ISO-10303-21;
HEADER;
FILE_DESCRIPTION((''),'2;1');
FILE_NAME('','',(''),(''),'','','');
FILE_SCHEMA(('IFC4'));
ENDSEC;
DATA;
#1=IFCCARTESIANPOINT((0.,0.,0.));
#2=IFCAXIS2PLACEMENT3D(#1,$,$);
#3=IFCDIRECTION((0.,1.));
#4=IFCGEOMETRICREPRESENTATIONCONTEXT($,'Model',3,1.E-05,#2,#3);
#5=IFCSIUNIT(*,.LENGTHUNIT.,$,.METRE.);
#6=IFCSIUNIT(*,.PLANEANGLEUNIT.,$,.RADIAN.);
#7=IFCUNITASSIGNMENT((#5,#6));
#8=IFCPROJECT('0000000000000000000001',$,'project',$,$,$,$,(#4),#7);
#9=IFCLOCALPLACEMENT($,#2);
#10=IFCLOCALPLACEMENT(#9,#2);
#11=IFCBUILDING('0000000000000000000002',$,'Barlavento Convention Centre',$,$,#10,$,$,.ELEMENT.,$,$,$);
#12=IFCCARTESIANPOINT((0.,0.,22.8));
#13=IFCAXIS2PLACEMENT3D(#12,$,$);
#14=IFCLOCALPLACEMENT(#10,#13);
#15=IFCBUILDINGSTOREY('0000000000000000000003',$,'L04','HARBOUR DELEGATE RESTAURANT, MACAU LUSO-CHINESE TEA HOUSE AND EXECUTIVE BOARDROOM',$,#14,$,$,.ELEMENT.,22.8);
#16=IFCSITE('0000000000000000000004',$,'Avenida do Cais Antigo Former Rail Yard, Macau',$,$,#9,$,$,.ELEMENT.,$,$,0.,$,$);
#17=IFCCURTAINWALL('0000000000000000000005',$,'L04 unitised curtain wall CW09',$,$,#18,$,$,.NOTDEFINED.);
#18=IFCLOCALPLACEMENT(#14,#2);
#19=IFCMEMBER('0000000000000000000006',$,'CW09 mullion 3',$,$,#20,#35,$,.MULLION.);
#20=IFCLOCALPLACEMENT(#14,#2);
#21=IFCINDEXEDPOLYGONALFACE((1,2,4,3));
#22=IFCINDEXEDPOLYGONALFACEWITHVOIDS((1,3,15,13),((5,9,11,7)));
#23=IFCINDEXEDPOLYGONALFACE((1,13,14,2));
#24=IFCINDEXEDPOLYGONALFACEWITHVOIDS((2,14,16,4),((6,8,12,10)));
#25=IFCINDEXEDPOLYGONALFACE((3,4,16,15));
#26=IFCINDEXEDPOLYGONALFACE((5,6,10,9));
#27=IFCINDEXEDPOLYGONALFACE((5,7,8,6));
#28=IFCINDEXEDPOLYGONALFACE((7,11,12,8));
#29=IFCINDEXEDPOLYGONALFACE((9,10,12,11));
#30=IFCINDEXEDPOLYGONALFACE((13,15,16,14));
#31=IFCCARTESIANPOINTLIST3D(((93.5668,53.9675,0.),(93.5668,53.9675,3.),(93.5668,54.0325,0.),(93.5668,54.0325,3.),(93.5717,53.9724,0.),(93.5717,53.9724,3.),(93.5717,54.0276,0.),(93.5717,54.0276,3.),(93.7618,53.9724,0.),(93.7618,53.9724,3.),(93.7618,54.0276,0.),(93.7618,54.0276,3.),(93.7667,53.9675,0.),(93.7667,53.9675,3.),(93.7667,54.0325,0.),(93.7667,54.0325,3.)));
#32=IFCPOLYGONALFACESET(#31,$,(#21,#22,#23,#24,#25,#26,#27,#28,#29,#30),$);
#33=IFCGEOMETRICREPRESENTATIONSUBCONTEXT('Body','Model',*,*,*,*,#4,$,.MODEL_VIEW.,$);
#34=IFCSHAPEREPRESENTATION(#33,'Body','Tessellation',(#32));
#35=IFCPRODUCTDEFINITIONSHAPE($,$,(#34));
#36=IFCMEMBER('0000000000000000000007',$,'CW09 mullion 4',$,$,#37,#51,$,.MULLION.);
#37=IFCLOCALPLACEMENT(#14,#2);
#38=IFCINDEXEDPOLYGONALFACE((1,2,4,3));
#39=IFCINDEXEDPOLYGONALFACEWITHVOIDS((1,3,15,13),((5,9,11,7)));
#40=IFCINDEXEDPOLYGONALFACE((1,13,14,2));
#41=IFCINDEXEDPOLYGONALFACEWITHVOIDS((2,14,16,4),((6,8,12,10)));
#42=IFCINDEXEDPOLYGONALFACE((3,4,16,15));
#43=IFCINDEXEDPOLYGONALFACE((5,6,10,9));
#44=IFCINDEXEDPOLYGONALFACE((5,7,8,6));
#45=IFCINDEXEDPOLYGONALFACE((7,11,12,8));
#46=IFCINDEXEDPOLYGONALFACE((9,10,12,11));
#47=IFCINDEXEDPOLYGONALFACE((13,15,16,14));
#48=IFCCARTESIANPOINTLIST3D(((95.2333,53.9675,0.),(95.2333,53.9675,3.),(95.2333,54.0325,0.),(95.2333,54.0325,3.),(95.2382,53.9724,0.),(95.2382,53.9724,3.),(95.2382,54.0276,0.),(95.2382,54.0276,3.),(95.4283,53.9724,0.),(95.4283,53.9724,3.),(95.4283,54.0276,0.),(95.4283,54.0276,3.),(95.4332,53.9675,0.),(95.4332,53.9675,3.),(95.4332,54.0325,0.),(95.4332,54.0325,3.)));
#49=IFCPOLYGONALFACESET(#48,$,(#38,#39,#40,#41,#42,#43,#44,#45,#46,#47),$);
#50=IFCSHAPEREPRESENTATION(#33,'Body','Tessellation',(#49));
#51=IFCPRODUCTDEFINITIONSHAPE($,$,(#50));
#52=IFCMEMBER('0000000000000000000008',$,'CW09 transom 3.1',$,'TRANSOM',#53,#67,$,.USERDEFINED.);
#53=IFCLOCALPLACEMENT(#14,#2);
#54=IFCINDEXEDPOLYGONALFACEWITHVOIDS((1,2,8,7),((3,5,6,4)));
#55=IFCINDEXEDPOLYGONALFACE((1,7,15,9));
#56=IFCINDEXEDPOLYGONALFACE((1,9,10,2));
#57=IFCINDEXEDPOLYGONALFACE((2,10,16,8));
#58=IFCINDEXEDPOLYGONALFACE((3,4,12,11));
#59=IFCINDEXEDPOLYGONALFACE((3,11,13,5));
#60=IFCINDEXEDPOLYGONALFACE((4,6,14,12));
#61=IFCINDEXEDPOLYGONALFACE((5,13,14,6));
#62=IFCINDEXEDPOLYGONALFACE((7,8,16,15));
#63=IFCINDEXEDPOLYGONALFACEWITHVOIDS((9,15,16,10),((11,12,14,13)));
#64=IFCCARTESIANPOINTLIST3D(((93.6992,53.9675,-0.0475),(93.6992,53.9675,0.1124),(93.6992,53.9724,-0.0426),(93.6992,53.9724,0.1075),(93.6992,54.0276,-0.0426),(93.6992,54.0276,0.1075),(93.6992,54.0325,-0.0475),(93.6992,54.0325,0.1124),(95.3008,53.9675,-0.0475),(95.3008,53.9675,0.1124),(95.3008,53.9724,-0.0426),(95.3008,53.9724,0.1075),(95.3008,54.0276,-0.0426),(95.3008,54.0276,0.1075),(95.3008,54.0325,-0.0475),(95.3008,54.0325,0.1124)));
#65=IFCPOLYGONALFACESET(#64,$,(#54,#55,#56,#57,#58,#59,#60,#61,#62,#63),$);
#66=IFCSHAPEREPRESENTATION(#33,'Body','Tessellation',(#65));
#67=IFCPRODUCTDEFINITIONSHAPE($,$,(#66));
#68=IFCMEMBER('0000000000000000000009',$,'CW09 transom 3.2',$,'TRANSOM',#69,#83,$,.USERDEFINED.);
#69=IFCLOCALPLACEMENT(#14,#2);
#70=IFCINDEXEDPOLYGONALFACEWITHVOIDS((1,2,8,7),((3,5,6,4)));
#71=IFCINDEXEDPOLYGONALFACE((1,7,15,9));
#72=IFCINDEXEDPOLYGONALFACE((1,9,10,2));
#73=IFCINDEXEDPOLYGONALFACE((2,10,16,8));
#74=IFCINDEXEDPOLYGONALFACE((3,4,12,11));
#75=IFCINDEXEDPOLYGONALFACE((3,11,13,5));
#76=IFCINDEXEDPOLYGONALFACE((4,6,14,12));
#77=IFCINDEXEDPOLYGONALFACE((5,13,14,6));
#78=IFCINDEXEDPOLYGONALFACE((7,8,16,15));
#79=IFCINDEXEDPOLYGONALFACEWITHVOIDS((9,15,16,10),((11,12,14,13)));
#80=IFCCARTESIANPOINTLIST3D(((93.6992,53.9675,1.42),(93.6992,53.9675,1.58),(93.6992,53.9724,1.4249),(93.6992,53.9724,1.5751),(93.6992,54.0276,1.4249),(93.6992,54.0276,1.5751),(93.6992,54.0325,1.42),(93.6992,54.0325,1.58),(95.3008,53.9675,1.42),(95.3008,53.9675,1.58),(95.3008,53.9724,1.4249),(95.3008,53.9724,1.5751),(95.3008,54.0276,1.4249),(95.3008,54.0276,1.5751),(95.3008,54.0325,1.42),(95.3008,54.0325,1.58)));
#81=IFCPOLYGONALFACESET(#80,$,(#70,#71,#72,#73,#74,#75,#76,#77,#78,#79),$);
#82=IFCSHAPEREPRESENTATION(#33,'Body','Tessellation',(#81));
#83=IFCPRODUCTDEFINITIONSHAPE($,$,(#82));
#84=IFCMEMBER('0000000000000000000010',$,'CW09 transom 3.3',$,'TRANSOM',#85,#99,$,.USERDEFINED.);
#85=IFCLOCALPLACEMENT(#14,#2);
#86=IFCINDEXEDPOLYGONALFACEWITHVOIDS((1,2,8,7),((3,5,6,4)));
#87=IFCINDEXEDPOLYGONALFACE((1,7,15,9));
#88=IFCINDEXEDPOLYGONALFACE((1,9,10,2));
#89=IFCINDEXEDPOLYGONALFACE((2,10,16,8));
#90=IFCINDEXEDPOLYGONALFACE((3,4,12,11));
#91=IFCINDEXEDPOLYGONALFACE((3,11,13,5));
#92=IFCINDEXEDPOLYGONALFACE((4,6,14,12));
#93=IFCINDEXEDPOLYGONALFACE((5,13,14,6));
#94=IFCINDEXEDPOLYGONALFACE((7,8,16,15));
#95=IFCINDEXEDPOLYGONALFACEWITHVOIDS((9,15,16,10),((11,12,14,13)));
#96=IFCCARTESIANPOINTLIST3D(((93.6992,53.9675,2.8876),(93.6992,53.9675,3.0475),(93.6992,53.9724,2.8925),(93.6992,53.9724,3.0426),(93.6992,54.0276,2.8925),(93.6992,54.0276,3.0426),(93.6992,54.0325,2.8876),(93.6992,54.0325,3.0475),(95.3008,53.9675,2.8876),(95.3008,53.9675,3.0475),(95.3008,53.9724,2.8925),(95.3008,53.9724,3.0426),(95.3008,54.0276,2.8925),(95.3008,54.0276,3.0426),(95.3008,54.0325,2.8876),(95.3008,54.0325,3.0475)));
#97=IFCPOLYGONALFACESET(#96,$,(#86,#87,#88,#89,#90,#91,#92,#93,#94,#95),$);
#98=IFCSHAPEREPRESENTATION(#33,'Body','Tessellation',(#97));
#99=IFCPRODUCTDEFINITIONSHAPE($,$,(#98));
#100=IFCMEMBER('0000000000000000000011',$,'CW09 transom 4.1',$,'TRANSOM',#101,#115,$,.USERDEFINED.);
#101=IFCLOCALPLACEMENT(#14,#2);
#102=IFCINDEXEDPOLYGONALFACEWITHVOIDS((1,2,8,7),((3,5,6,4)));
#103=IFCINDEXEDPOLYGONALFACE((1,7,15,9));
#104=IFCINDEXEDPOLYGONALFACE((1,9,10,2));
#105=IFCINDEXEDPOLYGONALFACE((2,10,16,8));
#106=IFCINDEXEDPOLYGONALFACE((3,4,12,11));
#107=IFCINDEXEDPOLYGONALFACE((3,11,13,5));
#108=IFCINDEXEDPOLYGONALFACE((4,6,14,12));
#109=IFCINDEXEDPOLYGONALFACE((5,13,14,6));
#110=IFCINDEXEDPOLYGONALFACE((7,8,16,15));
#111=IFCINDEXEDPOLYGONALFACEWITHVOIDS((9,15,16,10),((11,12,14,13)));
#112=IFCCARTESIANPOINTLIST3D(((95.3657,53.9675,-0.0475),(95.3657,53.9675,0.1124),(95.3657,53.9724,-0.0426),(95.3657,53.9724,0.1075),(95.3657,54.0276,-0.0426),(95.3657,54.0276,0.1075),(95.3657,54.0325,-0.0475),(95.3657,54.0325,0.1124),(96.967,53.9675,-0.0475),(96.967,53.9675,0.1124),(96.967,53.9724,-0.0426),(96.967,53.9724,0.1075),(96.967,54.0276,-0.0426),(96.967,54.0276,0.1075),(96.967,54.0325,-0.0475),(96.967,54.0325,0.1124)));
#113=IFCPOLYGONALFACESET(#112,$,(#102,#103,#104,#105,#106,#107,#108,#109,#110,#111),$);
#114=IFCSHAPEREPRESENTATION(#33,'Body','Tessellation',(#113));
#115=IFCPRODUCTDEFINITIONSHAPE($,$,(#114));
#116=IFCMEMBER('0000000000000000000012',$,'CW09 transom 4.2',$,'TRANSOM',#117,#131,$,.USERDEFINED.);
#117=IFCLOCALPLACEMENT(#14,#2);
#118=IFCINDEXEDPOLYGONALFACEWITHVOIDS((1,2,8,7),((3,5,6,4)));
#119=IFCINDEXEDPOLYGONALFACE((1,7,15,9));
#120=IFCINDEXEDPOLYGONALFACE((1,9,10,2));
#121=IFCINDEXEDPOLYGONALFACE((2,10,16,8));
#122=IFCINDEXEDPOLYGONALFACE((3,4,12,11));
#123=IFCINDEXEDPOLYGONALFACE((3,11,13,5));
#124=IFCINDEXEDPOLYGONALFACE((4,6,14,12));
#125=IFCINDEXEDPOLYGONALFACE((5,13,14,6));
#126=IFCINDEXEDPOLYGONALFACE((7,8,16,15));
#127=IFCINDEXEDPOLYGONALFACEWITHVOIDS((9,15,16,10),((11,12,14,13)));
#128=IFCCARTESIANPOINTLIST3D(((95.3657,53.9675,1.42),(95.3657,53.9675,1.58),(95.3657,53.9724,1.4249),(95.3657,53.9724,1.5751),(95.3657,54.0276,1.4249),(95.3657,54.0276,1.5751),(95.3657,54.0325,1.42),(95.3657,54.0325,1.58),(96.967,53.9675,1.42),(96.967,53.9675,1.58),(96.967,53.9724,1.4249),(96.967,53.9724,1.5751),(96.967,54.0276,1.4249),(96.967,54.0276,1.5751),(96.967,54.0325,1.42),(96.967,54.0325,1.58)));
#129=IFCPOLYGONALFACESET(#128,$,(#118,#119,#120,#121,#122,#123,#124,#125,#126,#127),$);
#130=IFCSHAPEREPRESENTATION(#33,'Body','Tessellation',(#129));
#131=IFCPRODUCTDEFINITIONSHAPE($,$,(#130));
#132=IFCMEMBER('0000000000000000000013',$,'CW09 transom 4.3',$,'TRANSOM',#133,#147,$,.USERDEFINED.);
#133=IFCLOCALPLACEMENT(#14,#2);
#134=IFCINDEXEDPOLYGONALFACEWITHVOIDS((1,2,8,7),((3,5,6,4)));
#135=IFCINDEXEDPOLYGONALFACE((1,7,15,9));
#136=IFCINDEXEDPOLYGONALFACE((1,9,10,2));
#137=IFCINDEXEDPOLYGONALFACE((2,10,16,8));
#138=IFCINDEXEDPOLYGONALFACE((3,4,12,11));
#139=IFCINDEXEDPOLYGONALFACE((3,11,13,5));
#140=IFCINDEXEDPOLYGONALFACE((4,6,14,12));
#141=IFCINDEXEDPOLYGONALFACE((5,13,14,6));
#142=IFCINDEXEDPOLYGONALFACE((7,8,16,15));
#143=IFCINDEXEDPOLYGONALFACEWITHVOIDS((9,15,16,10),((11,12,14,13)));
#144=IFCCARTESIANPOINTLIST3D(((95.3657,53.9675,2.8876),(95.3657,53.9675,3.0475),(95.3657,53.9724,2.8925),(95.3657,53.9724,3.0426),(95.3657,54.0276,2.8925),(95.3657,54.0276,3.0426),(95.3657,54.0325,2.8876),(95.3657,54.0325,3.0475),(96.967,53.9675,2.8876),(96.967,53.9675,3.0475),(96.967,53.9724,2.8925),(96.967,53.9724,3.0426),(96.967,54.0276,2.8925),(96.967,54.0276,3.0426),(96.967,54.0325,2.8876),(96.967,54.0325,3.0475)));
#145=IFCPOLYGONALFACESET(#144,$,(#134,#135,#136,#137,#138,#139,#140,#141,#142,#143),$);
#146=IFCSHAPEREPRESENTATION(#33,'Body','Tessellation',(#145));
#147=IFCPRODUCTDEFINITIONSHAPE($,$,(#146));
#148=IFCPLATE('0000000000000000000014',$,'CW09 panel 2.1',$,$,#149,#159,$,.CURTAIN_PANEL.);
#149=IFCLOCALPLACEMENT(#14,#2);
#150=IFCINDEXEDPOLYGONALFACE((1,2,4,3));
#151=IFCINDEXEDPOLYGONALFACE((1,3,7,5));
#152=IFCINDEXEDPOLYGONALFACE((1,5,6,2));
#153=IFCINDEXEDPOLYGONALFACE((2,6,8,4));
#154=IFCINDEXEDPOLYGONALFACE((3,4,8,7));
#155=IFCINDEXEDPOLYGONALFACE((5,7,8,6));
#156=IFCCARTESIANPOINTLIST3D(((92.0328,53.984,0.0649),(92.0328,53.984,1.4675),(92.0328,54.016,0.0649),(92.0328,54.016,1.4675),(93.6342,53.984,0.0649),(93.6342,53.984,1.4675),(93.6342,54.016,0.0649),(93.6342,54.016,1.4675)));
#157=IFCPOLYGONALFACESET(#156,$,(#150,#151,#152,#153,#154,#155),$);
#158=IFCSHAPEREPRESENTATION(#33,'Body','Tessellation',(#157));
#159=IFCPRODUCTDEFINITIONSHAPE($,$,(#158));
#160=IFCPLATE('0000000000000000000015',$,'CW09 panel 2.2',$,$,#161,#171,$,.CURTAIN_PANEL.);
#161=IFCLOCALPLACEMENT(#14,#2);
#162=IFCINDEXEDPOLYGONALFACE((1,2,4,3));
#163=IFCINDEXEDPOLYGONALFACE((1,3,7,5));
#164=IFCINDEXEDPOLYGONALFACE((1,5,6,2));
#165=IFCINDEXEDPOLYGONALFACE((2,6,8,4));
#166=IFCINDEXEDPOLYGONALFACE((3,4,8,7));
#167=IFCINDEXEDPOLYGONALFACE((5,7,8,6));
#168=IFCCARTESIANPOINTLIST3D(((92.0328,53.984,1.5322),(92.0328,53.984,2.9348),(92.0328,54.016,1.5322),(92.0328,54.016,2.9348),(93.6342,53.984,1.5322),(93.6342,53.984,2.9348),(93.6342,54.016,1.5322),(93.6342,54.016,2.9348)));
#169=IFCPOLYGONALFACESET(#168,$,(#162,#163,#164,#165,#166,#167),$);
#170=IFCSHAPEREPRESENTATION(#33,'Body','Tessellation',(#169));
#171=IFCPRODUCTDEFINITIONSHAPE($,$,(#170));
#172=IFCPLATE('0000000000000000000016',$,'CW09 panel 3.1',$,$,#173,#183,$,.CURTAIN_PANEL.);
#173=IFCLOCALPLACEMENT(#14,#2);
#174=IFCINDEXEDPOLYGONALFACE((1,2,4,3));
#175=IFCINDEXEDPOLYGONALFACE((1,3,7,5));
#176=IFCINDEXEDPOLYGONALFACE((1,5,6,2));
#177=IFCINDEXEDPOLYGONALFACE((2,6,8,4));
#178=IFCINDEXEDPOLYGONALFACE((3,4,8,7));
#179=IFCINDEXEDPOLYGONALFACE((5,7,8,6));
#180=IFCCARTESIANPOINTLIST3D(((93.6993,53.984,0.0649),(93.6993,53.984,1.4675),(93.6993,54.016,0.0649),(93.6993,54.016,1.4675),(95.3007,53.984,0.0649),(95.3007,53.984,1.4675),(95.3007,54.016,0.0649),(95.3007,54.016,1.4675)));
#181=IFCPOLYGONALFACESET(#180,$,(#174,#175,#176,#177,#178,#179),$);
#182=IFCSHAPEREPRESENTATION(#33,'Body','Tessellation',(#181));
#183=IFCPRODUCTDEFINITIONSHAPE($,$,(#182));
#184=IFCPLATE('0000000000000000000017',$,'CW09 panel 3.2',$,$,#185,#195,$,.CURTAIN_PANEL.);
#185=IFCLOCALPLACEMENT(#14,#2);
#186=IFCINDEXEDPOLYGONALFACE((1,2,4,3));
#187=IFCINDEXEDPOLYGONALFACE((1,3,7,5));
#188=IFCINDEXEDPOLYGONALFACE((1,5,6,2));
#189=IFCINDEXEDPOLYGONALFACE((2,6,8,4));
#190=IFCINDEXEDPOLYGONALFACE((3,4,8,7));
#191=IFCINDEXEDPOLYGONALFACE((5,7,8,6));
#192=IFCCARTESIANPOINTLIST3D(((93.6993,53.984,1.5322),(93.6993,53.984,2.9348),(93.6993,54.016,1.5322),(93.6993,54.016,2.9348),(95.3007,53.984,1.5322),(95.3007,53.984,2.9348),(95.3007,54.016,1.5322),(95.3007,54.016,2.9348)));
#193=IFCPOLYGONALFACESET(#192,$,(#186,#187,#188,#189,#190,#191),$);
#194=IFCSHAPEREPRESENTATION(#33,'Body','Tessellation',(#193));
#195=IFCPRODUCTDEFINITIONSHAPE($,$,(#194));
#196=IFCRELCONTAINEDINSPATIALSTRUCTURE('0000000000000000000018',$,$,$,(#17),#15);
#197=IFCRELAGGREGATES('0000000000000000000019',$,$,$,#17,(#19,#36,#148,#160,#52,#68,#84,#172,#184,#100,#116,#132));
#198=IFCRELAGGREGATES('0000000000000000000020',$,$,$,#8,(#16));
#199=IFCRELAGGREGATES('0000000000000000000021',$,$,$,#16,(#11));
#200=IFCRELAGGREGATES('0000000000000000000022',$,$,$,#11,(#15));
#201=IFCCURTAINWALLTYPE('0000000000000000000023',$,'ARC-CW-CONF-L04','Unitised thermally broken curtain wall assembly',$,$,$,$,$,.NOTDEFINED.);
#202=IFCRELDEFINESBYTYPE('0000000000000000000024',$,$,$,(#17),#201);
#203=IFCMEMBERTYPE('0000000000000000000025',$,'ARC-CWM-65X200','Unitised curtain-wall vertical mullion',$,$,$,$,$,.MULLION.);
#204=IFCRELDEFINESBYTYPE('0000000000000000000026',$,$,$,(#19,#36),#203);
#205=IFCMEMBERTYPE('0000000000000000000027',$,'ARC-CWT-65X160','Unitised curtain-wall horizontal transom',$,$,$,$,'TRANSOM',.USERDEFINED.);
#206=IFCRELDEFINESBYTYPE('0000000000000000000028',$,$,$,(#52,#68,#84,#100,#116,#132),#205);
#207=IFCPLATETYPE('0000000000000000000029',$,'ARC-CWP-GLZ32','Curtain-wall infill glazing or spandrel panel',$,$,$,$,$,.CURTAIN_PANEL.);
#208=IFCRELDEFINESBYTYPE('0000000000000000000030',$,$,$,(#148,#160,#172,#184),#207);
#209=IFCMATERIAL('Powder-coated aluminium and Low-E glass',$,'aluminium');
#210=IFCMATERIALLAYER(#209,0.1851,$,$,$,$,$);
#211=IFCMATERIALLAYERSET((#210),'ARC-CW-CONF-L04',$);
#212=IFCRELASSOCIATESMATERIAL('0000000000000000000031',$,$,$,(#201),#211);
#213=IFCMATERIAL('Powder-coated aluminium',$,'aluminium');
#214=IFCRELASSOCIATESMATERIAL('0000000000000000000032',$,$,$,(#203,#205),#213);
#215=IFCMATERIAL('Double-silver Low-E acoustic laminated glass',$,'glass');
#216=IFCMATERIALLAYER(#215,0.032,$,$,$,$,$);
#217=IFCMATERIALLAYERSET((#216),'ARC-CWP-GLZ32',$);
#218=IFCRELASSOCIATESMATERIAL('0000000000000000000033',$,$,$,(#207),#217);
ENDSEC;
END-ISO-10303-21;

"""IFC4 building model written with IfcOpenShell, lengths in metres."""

from ifc_helpers import new_model, si_unit, direction, frame, origin, origin_2d, place, context, subcontext, project, spatial, rectangle, hollow_rectangle, extrude, material, layer, layer_set, material_profile, profile_set, type_object, element, aggregate, save


model = new_model("IFC4")

# Units and contexts
model_context = context("Model", 3, precision=1e-05, world=origin(), true_north=direction((0.0, 1.0)))
body_context = subcontext(model_context, "Body", "Model", "MODEL_VIEW")
ifc_project = project(units=[si_unit("LENGTHUNIT", "METRE"), si_unit("PLANEANGLEUNIT", "RADIAN")], contexts=[model_context])

# Site, building, storey
site_placement = place(None, origin())
site = spatial("IfcSite", under=ifc_project, at=site_placement, Name="Avenida do Cais Antigo Former Rail Yard, Macau", CompositionType="ELEMENT", RefElevation=0.0)
building_placement = place(site_placement, origin())
building = spatial("IfcBuilding", under=site, at=building_placement, Name="Barlavento Convention Centre", CompositionType="ELEMENT")
storey_placement = place(building_placement, frame((0.0, 0.0, 22.8)))
storey = spatial("IfcBuildingStorey", under=building, at=storey_placement, Name="L04", Description="HARBOUR DELEGATE RESTAURANT, MACAU LUSO-CHINESE TEA HOUSE AND EXECUTIVE BOARDROOM", CompositionType="ELEMENT", Elevation=22.8)

# Curtain wall, members, plates
ifc_material_1 = material(Name="Powder-coated aluminium and Low-E glass", Category="aluminium")
ifc_layer_1 = layer(ifc_material_1, 0.1851)
ifc_layer_set_1 = layer_set([ifc_layer_1], Name="ARC-CW-CONF-L04")
curtain_wall_type = type_object("IfcCurtainWallType", Name="ARC-CW-CONF-L04", Description="Unitised thermally broken curtain wall assembly", PredefinedType="NOTDEFINED", material=ifc_layer_set_1)
curtain_wall_placement = place(storey_placement, origin())
curtain_wall = element("IfcCurtainWall", 1, at=curtain_wall_placement, inside=storey, type_object=curtain_wall_type, Name="L04 unitised curtain wall CW09", PredefinedType="NOTDEFINED")
ifc_material_2 = material(Name="Powder-coated aluminium", Category="aluminium")
ifc_material_profile_1 = material_profile(ifc_material_2, hollow_rectangle(XDim=0.0649, YDim=0.2, WallThickness=0.0049, at=origin_2d()), Name="AL-MULL 65x200x5")
ifc_profile_set_1 = profile_set([ifc_material_profile_1], Name="Powder-coated aluminium")
member_type_1 = type_object("IfcMemberType", Name="ARC-CWM-65X200", Description="Unitised curtain-wall vertical mullion", PredefinedType="MULLION", material=ifc_profile_set_1)
member_1_placement = place(storey_placement, frame((93.6667, 54.0, 0.0), z_axis=(0.0, 0.0, 1.0), x_axis=(0.0, 1.0, 0.0)))
member_1 = element("IfcMember", 2, at=member_1_placement, type_object=member_type_1, Name="CW09 mullion 3", PredefinedType="MULLION", context=body_context, shape_type="SweptSolid", body=[
    extrude(hollow_rectangle(XDim=0.0649, YDim=0.2, WallThickness=0.0049, at=origin_2d()), origin(), (0.0, 0.0, 1.0), 3.0),
])
member_2_placement = place(storey_placement, frame((95.3333, 54.0, 0.0), z_axis=(0.0, 0.0, 1.0), x_axis=(0.0, 1.0, 0.0)))
member_2 = element("IfcMember", 3, at=member_2_placement, type_object=member_type_1, Name="CW09 mullion 4", PredefinedType="MULLION", context=body_context, shape_type="SweptSolid", body=[
    extrude(hollow_rectangle(XDim=0.0649, YDim=0.2, WallThickness=0.0049, at=origin_2d()), origin(), (0.0, 0.0, 1.0), 3.0),
])
ifc_material_profile_2 = material_profile(ifc_material_2, hollow_rectangle(XDim=0.0649, YDim=0.1599, WallThickness=0.0049, at=origin_2d()), Name="AL-TRAN 65x160x5")
ifc_profile_set_2 = profile_set([ifc_material_profile_2], Name="Powder-coated aluminium")
member_type_2 = type_object("IfcMemberType", Name="ARC-CWT-65X160", Description="Unitised curtain-wall horizontal transom", ElementType="TRANSOM", PredefinedType="USERDEFINED", material=ifc_profile_set_2)
member_3_placement = place(storey_placement, frame((93.6992, 54.0, 0.0325), z_axis=(1.0, 0.0, 0.0), x_axis=(0.0, 1.0, 0.0)))
member_3 = element("IfcMember", 4, at=member_3_placement, type_object=member_type_2, Name="CW09 transom 3.1", ObjectType="TRANSOM", PredefinedType="USERDEFINED", context=body_context, shape_type="SweptSolid", body=[
    extrude(hollow_rectangle(XDim=0.0649, YDim=0.1599, WallThickness=0.0049, at=origin_2d()), origin(), (0.0, 0.0, 1.0), 1.6016),
])
member_4_placement = place(storey_placement, frame((93.6992, 54.0, 1.5), z_axis=(1.0, 0.0, 0.0), x_axis=(0.0, 1.0, 0.0)))
member_4 = element("IfcMember", 5, at=member_4_placement, type_object=member_type_2, Name="CW09 transom 3.2", ObjectType="TRANSOM", PredefinedType="USERDEFINED", context=body_context, shape_type="SweptSolid", body=[
    extrude(hollow_rectangle(XDim=0.0649, YDim=0.1599, WallThickness=0.0049, at=origin_2d()), origin(), (0.0, 0.0, 1.0), 1.6016),
])
member_5_placement = place(storey_placement, frame((93.6992, 54.0, 2.9675), z_axis=(1.0, 0.0, 0.0), x_axis=(0.0, 1.0, 0.0)))
member_5 = element("IfcMember", 6, at=member_5_placement, type_object=member_type_2, Name="CW09 transom 3.3", ObjectType="TRANSOM", PredefinedType="USERDEFINED", context=body_context, shape_type="SweptSolid", body=[
    extrude(hollow_rectangle(XDim=0.0649, YDim=0.1599, WallThickness=0.0049, at=origin_2d()), origin(), (0.0, 0.0, 1.0), 1.6016),
])
member_6_placement = place(storey_placement, frame((95.3657, 54.0, 0.0325), z_axis=(1.0, 0.0, 0.0), x_axis=(0.0, 1.0, 0.0)))
member_6 = element("IfcMember", 7, at=member_6_placement, type_object=member_type_2, Name="CW09 transom 4.1", ObjectType="TRANSOM", PredefinedType="USERDEFINED", context=body_context, shape_type="SweptSolid", body=[
    extrude(hollow_rectangle(XDim=0.0649, YDim=0.1599, WallThickness=0.0049, at=origin_2d()), origin(), (0.0, 0.0, 1.0), 1.6013),
])
member_7_placement = place(storey_placement, frame((95.3657, 54.0, 1.5), z_axis=(1.0, 0.0, 0.0), x_axis=(0.0, 1.0, 0.0)))
member_7 = element("IfcMember", 8, at=member_7_placement, type_object=member_type_2, Name="CW09 transom 4.2", ObjectType="TRANSOM", PredefinedType="USERDEFINED", context=body_context, shape_type="SweptSolid", body=[
    extrude(hollow_rectangle(XDim=0.0649, YDim=0.1599, WallThickness=0.0049, at=origin_2d()), origin(), (0.0, 0.0, 1.0), 1.6013),
])
member_8_placement = place(storey_placement, frame((95.3657, 54.0, 2.9675), z_axis=(1.0, 0.0, 0.0), x_axis=(0.0, 1.0, 0.0)))
member_8 = element("IfcMember", 9, at=member_8_placement, type_object=member_type_2, Name="CW09 transom 4.3", ObjectType="TRANSOM", PredefinedType="USERDEFINED", context=body_context, shape_type="SweptSolid", body=[
    extrude(hollow_rectangle(XDim=0.0649, YDim=0.1599, WallThickness=0.0049, at=origin_2d()), origin(), (0.0, 0.0, 1.0), 1.6013),
])
ifc_material_3 = material(Name="Double-silver Low-E acoustic laminated glass", Category="glass")
ifc_layer_2 = layer(ifc_material_3, 0.032)
ifc_layer_set_2 = layer_set([ifc_layer_2], Name="ARC-CWP-GLZ32")
plate_type = type_object("IfcPlateType", Name="ARC-CWP-GLZ32", Description="Curtain-wall infill glazing or spandrel panel", PredefinedType="CURTAIN_PANEL", material=ifc_layer_set_2)
plate_1_placement = place(storey_placement, frame((92.8335, 54.0, 0.0649), z_axis=(0.0, 0.0, 1.0), x_axis=(1.0, 0.0, 0.0)))
plate_1 = element("IfcPlate", 10, at=plate_1_placement, type_object=plate_type, Name="CW09 panel 2.1", PredefinedType="CURTAIN_PANEL", context=body_context, shape_type="SweptSolid", body=[
    extrude(rectangle(XDim=1.6013, YDim=0.032, at=origin_2d()), origin(), (0.0, 0.0, 1.0), 1.4026),
])
plate_2_placement = place(storey_placement, frame((92.8335, 54.0, 1.5322), z_axis=(0.0, 0.0, 1.0), x_axis=(1.0, 0.0, 0.0)))
plate_2 = element("IfcPlate", 11, at=plate_2_placement, type_object=plate_type, Name="CW09 panel 2.2", PredefinedType="CURTAIN_PANEL", context=body_context, shape_type="SweptSolid", body=[
    extrude(rectangle(XDim=1.6013, YDim=0.032, at=origin_2d()), origin(), (0.0, 0.0, 1.0), 1.4026),
])
plate_3_placement = place(storey_placement, frame((94.5, 54.0, 0.0649), z_axis=(0.0, 0.0, 1.0), x_axis=(1.0, 0.0, 0.0)))
plate_3 = element("IfcPlate", 12, at=plate_3_placement, type_object=plate_type, Name="CW09 panel 3.1", PredefinedType="CURTAIN_PANEL", context=body_context, shape_type="SweptSolid", body=[
    extrude(rectangle(XDim=1.6013, YDim=0.032, at=origin_2d()), origin(), (0.0, 0.0, 1.0), 1.4026),
])
plate_4_placement = place(storey_placement, frame((94.5, 54.0, 1.5322), z_axis=(0.0, 0.0, 1.0), x_axis=(1.0, 0.0, 0.0)))
plate_4 = element("IfcPlate", 13, at=plate_4_placement, type_object=plate_type, Name="CW09 panel 3.2", PredefinedType="CURTAIN_PANEL", context=body_context, shape_type="SweptSolid", body=[
    extrude(rectangle(XDim=1.6013, YDim=0.032, at=origin_2d()), origin(), (0.0, 0.0, 1.0), 1.4026),
])
aggregate(curtain_wall, [member_1, member_2, plate_1, plate_2, member_3, member_4, member_5, plate_3, plate_4, member_6, member_7, member_8])

save(model, "model.ifc")
